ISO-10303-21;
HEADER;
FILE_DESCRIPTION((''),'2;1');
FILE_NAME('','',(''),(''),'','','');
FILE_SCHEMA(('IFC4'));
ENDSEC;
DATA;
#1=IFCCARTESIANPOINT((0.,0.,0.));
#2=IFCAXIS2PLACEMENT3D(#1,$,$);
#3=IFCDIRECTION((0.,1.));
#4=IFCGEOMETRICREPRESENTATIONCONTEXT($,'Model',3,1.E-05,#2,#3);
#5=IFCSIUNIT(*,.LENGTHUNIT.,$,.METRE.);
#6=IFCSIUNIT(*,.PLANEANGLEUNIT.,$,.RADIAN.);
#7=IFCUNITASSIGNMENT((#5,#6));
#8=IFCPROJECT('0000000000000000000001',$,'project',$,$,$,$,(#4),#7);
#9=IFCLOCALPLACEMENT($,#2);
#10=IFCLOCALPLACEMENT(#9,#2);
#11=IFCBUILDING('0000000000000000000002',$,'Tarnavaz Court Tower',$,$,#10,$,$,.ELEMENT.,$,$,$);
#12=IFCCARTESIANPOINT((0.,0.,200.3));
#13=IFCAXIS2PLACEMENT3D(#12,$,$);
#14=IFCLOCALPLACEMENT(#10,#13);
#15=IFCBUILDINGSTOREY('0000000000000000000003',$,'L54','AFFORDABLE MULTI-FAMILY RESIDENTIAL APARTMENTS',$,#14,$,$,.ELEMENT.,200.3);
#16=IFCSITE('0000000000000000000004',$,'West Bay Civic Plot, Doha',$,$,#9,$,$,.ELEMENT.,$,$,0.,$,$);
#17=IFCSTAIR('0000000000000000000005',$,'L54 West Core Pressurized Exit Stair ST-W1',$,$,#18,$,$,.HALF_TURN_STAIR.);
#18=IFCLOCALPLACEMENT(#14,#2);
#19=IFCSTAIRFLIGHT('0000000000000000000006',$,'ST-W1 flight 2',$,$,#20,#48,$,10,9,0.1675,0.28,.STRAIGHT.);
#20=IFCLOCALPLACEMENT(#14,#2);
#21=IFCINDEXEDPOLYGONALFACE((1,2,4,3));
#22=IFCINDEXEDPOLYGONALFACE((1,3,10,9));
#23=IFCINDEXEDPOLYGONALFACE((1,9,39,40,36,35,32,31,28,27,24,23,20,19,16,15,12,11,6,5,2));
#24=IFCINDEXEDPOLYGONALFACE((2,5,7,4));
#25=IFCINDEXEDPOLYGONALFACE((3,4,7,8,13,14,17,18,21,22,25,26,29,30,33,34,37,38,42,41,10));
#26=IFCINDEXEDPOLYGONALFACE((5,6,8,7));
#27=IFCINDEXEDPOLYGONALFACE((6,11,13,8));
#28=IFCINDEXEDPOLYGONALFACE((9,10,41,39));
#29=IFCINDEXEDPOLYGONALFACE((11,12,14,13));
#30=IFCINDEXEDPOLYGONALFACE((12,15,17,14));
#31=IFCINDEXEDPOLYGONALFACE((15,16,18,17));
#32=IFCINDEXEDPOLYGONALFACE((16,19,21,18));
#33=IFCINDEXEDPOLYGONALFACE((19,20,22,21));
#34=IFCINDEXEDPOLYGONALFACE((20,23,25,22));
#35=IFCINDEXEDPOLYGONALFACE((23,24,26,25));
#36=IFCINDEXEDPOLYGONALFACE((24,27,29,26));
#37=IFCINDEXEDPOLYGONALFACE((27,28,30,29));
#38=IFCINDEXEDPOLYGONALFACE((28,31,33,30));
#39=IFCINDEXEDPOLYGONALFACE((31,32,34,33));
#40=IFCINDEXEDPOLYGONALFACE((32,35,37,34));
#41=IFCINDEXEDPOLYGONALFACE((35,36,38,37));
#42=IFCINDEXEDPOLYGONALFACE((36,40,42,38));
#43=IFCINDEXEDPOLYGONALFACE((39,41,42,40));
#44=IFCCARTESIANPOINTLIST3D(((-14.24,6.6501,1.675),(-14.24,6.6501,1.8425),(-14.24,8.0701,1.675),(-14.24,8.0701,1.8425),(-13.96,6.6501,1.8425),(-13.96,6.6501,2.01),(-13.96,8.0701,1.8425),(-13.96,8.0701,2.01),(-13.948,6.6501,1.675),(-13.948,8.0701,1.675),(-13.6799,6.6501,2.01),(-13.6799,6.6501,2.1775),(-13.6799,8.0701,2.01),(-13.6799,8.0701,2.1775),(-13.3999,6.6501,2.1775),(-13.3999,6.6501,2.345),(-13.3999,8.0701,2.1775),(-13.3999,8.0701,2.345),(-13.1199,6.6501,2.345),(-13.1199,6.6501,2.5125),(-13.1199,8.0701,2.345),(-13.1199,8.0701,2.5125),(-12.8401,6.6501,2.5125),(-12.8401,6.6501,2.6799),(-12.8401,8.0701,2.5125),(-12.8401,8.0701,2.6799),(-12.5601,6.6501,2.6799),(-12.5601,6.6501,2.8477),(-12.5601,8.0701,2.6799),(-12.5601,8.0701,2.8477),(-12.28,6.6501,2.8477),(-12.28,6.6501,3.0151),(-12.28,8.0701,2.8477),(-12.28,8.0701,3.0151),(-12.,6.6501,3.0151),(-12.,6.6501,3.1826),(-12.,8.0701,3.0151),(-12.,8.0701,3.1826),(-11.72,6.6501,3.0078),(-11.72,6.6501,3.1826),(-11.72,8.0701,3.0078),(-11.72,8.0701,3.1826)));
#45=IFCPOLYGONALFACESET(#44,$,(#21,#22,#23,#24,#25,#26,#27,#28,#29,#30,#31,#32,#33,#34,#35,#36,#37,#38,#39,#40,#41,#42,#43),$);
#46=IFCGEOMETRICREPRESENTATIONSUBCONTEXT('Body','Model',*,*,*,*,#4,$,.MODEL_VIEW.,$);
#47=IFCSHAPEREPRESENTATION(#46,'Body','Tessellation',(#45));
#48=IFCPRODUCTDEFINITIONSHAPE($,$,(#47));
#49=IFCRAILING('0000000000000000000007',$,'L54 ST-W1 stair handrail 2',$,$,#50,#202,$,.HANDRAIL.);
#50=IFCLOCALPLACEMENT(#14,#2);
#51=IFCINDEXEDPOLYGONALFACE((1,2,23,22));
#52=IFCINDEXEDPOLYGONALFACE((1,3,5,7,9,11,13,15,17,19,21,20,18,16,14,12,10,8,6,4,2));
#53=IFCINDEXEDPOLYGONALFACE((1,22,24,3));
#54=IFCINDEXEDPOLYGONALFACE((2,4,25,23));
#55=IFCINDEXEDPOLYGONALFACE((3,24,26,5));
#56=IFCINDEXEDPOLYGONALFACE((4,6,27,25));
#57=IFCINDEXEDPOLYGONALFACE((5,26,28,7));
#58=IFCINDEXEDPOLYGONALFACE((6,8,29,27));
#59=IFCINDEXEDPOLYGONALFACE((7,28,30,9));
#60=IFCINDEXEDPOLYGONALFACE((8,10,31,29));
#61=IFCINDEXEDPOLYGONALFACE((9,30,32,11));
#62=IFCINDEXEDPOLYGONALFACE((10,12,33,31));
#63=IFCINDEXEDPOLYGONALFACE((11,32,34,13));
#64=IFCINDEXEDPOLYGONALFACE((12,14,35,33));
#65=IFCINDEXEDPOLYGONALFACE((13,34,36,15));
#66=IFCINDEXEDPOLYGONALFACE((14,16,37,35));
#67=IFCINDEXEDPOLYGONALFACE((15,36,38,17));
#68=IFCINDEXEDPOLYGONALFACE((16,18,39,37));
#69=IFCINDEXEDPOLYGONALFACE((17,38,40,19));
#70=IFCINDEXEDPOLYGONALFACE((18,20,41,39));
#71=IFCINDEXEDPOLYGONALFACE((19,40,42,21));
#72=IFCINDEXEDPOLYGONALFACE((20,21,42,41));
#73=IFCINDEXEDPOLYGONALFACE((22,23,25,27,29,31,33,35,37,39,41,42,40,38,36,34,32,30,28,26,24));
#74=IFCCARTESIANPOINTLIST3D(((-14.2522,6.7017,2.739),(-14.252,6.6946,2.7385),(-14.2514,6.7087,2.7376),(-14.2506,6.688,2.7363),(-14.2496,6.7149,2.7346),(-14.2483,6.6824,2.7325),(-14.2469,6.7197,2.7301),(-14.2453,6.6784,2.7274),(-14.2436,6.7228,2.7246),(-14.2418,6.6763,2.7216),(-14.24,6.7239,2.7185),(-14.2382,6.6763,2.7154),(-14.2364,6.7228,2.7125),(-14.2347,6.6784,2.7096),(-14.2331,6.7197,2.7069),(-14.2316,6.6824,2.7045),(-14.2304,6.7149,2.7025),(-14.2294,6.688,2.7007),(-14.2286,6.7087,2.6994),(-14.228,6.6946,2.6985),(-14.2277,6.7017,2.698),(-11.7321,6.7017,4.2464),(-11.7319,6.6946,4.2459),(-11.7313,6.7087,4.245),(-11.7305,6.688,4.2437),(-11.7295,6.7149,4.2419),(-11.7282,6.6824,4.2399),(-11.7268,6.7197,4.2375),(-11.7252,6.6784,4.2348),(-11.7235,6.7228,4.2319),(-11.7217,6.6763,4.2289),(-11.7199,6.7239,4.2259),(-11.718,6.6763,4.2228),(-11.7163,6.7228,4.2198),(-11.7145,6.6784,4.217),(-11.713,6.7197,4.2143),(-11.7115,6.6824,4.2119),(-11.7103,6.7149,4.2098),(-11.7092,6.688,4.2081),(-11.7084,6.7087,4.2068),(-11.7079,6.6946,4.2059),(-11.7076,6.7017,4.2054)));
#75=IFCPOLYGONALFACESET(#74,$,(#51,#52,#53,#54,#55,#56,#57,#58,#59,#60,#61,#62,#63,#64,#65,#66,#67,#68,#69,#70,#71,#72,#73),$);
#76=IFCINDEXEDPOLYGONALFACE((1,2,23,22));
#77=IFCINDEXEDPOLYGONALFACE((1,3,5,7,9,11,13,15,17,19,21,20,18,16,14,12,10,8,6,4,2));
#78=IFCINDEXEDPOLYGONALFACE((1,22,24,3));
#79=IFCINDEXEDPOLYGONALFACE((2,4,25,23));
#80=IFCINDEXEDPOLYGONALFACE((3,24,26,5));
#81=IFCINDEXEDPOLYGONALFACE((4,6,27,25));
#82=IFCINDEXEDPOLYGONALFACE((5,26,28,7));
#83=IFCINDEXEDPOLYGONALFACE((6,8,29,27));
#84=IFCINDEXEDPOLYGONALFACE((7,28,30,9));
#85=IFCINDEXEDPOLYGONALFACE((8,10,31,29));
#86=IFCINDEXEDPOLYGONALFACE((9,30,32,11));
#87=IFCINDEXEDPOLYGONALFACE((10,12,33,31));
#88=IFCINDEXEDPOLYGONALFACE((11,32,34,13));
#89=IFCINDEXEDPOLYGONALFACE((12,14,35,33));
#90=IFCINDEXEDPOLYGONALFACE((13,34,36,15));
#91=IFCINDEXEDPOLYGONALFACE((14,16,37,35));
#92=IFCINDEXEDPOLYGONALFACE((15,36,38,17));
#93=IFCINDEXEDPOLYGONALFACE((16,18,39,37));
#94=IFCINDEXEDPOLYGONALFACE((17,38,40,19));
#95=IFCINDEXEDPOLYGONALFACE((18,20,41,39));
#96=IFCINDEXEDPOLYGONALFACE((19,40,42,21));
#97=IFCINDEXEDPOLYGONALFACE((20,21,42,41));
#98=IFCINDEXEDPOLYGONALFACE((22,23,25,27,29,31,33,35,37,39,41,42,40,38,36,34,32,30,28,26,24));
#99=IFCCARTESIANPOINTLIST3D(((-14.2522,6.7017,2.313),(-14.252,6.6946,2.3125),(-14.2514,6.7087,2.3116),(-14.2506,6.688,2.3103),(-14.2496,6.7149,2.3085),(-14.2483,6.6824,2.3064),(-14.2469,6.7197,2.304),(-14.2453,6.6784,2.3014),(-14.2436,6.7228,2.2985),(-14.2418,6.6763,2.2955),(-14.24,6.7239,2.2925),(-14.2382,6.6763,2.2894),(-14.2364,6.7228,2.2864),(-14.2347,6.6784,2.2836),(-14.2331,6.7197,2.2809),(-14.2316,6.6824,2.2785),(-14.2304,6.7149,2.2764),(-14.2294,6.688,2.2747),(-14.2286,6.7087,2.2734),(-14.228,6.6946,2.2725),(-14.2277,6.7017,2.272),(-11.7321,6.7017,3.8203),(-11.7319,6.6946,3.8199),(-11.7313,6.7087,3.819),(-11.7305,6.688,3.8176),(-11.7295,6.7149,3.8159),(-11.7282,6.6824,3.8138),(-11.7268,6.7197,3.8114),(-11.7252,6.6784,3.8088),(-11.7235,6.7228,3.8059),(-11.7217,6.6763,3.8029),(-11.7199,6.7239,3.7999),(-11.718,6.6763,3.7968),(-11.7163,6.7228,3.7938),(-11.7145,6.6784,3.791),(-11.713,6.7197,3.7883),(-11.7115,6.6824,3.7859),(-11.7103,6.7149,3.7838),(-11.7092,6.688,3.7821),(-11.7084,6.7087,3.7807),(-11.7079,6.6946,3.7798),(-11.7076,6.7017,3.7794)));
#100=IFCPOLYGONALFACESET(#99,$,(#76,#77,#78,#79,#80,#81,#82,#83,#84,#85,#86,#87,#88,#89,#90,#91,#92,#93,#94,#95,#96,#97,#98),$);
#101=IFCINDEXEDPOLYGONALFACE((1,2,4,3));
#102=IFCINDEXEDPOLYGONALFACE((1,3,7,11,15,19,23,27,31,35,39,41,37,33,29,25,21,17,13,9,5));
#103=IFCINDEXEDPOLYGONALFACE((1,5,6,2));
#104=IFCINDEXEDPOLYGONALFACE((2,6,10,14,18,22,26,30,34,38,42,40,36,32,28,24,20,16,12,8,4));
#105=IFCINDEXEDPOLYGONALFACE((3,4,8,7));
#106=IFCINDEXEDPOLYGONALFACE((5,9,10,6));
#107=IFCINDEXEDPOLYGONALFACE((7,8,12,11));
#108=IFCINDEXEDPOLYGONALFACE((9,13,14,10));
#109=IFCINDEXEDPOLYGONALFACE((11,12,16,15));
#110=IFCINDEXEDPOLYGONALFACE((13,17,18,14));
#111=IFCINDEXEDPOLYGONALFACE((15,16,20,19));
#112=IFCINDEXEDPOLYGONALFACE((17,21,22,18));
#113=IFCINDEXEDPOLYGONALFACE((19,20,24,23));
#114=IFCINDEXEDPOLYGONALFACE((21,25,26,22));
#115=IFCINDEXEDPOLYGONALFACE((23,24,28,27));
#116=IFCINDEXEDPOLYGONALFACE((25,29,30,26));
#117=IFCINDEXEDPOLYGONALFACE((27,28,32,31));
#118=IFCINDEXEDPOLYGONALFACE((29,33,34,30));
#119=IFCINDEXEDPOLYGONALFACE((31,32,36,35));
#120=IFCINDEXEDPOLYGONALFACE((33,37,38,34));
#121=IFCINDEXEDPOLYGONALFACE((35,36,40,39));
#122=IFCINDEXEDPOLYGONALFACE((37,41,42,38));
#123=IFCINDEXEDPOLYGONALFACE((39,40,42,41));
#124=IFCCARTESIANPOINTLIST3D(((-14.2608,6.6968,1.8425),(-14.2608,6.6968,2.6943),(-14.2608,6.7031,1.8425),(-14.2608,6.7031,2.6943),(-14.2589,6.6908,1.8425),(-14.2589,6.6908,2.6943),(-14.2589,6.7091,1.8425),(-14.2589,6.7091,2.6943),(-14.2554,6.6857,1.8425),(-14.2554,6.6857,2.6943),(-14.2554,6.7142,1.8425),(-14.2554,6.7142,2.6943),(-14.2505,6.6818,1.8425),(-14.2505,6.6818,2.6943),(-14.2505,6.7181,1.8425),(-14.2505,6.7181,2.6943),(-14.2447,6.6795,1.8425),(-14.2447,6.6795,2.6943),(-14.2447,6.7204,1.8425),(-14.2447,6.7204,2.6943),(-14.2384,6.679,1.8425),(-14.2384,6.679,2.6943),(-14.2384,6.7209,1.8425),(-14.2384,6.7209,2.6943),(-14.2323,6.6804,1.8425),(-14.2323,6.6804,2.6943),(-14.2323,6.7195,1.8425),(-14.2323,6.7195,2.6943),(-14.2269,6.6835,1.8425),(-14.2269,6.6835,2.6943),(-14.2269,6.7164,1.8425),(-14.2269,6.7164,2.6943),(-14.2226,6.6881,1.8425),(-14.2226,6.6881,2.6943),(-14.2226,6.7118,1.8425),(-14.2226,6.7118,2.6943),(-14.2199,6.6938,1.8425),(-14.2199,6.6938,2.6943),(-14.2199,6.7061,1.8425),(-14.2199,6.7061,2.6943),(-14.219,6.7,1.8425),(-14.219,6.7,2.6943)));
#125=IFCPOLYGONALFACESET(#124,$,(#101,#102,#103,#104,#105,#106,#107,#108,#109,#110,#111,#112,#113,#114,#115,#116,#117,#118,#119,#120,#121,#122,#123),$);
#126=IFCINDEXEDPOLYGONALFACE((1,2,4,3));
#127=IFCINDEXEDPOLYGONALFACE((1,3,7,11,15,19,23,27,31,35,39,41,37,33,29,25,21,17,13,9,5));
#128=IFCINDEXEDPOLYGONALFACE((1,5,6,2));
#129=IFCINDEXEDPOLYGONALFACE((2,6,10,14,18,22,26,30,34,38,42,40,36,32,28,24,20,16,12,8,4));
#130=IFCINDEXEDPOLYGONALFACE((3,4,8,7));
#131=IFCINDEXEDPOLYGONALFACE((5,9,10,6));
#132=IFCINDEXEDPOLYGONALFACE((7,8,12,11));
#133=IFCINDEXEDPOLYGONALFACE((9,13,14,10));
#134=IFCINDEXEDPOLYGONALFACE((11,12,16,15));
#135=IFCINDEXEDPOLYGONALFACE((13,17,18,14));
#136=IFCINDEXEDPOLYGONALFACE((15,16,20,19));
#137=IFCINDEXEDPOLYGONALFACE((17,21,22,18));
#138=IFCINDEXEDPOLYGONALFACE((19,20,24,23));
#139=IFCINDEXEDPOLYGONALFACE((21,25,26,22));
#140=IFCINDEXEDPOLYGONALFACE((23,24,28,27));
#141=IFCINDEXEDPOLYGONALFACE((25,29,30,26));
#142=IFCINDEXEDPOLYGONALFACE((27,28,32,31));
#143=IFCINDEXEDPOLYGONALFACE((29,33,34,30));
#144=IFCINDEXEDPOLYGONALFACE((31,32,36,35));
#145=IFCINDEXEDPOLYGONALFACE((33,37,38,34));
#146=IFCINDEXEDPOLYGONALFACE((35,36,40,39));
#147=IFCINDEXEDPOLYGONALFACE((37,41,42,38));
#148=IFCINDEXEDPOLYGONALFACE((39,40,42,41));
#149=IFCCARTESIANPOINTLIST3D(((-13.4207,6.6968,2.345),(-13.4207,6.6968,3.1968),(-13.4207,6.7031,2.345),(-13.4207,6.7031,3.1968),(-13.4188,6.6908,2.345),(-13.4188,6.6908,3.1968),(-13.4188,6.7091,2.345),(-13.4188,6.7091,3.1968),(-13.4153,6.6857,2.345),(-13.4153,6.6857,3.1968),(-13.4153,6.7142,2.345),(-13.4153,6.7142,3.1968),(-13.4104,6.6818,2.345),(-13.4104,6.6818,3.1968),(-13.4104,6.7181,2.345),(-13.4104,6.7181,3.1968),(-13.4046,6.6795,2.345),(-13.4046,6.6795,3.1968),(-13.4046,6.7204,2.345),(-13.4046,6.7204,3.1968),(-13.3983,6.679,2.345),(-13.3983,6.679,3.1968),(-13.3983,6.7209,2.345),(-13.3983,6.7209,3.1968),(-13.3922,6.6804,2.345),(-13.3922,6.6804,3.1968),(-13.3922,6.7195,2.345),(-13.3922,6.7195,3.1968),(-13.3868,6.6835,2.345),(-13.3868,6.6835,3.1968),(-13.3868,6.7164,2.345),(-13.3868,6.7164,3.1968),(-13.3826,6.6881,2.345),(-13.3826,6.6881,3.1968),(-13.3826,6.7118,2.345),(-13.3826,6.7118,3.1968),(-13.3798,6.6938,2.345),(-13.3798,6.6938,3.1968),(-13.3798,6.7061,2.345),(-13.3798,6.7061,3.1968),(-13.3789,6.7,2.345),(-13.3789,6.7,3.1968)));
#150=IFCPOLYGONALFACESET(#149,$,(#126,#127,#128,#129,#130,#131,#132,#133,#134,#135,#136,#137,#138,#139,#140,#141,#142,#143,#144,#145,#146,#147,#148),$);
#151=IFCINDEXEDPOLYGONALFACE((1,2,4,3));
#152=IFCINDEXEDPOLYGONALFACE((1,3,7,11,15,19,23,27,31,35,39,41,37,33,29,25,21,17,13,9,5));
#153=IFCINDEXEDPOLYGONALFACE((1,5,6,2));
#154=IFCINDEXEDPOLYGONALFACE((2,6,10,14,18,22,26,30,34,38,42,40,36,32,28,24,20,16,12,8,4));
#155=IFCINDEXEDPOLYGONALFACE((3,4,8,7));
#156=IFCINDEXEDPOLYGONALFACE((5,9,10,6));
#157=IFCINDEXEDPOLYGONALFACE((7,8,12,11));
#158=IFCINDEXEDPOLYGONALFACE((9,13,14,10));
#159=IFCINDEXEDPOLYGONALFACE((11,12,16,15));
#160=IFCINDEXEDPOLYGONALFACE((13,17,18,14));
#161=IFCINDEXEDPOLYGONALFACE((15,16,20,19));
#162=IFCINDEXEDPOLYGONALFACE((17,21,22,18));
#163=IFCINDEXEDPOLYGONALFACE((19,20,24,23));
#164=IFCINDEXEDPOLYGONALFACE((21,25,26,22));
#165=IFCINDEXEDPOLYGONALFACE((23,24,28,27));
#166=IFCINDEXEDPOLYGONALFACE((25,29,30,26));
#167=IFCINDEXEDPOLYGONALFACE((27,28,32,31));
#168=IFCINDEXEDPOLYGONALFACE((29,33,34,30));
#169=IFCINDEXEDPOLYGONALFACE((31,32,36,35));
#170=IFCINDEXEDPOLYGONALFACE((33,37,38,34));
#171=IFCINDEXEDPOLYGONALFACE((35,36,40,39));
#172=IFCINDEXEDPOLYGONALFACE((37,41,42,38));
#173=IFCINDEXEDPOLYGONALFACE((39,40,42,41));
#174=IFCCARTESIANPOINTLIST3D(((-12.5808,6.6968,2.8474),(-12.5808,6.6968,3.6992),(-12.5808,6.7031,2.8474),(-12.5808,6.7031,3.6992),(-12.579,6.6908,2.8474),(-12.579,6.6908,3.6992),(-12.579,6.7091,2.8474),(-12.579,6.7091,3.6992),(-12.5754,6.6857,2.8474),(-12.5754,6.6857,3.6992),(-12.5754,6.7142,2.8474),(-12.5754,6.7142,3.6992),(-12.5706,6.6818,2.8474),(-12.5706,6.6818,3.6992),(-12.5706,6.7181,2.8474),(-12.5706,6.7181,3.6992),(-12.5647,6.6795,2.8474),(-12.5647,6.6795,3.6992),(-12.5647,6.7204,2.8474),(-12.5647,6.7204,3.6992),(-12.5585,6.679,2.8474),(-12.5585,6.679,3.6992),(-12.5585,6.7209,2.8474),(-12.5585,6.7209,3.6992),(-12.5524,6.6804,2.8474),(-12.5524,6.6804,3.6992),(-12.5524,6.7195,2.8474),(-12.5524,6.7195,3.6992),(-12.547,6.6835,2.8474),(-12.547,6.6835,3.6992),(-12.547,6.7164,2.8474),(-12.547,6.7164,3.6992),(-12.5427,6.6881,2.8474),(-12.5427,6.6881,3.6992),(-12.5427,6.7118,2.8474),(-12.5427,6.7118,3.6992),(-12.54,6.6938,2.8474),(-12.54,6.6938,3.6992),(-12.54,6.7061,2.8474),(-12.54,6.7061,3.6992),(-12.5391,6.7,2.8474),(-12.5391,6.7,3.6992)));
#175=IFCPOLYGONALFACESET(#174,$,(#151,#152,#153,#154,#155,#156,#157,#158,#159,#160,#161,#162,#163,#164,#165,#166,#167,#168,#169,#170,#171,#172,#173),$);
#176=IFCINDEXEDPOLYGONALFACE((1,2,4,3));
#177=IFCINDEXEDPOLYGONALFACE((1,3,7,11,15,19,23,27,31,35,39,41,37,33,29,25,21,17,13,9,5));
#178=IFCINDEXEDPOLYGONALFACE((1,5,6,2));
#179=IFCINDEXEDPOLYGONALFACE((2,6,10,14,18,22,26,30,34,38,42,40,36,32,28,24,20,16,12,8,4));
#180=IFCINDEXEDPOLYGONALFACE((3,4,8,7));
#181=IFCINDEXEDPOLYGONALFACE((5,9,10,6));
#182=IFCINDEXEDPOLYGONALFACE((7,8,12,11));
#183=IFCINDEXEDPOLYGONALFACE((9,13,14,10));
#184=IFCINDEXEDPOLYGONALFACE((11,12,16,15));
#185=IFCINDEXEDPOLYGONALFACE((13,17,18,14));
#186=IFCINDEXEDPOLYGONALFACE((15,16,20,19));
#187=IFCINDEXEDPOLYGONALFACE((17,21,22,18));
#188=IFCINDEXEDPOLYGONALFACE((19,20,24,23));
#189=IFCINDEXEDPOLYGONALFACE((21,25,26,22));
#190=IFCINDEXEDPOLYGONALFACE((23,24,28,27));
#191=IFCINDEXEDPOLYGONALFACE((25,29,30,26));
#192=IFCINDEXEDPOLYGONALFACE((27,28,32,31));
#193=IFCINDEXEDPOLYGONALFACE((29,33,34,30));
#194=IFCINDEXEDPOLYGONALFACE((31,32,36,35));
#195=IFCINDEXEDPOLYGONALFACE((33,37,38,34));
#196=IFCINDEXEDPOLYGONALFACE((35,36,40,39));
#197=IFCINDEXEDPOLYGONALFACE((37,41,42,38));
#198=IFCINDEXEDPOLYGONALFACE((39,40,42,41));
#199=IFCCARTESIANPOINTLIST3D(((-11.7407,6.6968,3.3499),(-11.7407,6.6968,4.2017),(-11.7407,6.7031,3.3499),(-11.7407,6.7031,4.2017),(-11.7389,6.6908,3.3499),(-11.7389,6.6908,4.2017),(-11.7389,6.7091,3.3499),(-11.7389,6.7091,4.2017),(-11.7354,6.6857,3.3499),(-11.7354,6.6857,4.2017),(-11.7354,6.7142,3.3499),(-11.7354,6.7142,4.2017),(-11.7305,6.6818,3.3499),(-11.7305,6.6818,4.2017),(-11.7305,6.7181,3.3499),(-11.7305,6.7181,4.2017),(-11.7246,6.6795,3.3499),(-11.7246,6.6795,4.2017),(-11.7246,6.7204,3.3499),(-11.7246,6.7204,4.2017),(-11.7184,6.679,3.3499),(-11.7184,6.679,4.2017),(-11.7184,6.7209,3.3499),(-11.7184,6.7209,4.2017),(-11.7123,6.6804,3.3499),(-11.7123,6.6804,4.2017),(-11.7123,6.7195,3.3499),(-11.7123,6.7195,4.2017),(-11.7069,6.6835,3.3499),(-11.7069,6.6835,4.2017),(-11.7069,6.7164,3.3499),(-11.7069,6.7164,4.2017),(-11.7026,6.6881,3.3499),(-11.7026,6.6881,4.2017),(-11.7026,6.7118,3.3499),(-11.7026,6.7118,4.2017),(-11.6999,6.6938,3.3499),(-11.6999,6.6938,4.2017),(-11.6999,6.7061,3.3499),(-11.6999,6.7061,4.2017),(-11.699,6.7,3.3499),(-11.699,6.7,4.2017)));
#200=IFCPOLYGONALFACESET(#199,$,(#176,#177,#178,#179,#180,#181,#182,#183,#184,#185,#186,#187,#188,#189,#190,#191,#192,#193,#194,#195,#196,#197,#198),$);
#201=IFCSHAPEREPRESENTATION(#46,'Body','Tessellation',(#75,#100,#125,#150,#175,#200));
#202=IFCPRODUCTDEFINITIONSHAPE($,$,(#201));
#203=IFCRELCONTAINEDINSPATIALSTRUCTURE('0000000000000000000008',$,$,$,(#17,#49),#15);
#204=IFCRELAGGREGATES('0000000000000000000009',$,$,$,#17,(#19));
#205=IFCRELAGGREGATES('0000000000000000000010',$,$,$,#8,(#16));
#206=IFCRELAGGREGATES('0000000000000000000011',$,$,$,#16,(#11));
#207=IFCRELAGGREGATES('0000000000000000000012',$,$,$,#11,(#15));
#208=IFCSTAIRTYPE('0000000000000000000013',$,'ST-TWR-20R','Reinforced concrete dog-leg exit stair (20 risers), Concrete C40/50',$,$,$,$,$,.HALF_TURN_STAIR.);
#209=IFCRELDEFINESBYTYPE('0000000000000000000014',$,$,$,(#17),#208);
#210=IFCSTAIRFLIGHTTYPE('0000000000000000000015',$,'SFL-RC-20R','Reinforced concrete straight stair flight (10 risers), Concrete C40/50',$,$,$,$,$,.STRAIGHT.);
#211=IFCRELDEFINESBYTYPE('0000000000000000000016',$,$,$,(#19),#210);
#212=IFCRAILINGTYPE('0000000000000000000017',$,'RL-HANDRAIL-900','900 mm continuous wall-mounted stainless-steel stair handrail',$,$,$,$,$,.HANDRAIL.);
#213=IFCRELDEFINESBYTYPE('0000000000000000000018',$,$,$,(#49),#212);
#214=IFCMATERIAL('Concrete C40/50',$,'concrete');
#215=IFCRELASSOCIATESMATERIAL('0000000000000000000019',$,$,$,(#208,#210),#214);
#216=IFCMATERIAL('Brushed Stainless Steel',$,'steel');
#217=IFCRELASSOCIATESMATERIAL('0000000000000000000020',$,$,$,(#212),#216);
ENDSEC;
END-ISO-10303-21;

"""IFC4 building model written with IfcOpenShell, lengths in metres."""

from ifc_helpers import new_model, si_unit, direction, frame, origin, origin_2d, place, context, subcontext, project, spatial, polyline, circle, outline, extrude, material, type_object, element, aggregate, save


model = new_model("IFC4")

# Units and contexts
model_context = context("Model", 3, precision=1e-05, world=origin(), true_north=direction((0.0, 1.0)))
body_context = subcontext(model_context, "Body", "Model", "MODEL_VIEW")
ifc_project = project(units=[si_unit("LENGTHUNIT", "METRE"), si_unit("PLANEANGLEUNIT", "RADIAN")], contexts=[model_context])

# Site, building, storey
site_placement = place(None, origin())
site = spatial("IfcSite", under=ifc_project, at=site_placement, Name="West Bay Civic Plot, Doha", CompositionType="ELEMENT", RefElevation=0.0)
building_placement = place(site_placement, origin())
building = spatial("IfcBuilding", under=site, at=building_placement, Name="Tarnavaz Court Tower", CompositionType="ELEMENT")
storey_placement = place(building_placement, frame((0.0, 0.0, 200.3)))
storey = spatial("IfcBuildingStorey", under=building, at=storey_placement, Name="L54", Description="AFFORDABLE MULTI-FAMILY RESIDENTIAL APARTMENTS", CompositionType="ELEMENT", Elevation=200.3)

# Stair, stair flight
ifc_material_1 = material(Name="Concrete C40/50", Category="concrete")
stair_type = type_object("IfcStairType", Name="ST-TWR-20R", Description="Reinforced concrete dog-leg exit stair (20 risers), Concrete C40/50", PredefinedType="HALF_TURN_STAIR", material=ifc_material_1)
stair_placement = place(storey_placement, origin())
stair = element("IfcStair", 1, at=stair_placement, inside=storey, type_object=stair_type, Name="L54 West Core Pressurized Exit Stair ST-W1", PredefinedType="HALF_TURN_STAIR")
stair_flight_type = type_object("IfcStairFlightType", Name="SFL-RC-20R", Description="Reinforced concrete straight stair flight (10 risers), Concrete C40/50", PredefinedType="STRAIGHT", material=ifc_material_1)
stair_flight_placement = place(storey_placement, frame((-14.24, 7.3601, 1.675), z_axis=(0.0, 0.0, 1.0), x_axis=(1.0, 0.0, 0.0)))
stair_flight = element("IfcStairFlight", 2, at=stair_flight_placement, type_object=stair_flight_type, Name="ST-W1 flight 2", NumberOfRisers=10, NumberOfTreads=9, PredefinedType="STRAIGHT", RiserHeight=0.1675, TreadLength=0.28, context=body_context, shape_type="SweptSolid", body=[
    extrude(outline(polyline([(0.0, 0.0), (0.0, 0.1675), (0.28, 0.1675), (0.28, 0.335), (0.5601, 0.335), (0.5601, 0.5024), (0.8401, 0.5024), (0.8401, 0.6699), (1.1201, 0.6699), (1.1201, 0.8374), (1.3999, 0.8374), (1.3999, 1.0049), (1.6799, 1.0049), (1.6799, 1.1726), (1.96, 1.1726), (1.96, 1.3401), (2.24, 1.3401), (2.24, 1.5076), (2.52, 1.5076), (2.52, 1.675), (2.52, 1.3328), (0.292, 0.0), (0.0, 0.0)])), frame((0.0, 0.71, 0.0), z_axis=(0.0, -1.0, 0.0), x_axis=(1.0, 0.0, 0.0)), (0.0, 0.0, 1.0), 1.4199),
])
aggregate(stair, [stair_flight])

# Railing
ifc_material_2 = material(Name="Brushed Stainless Steel", Category="steel")
railing_type_1 = type_object("IfcRailingType", Name="RL-HANDRAIL-900", Description="900 mm continuous wall-mounted stainless-steel stair handrail", PredefinedType="HANDRAIL", material=ifc_material_2)
railing_1_placement = place(storey_placement, frame((-14.24, 6.7, 1.8425)))
element("IfcRailing", 3, at=railing_1_placement, inside=storey, type_object=railing_type_1, Name="L54 ST-W1 stair handrail 2", PredefinedType="HANDRAIL", context=body_context, shape_type="SweptSolid", body=[
    extrude(circle(Radius=0.0239, at=origin_2d()), frame((0.0, 0.0, 0.876), z_axis=(0.858196, 0.0, 0.513321), x_axis=(0.0, 1.0, 0.0)), (0.0, 0.0, 1.0), 2.9365),
    extrude(circle(Radius=0.0239, at=origin_2d()), frame((0.0, 0.0, 0.45), z_axis=(0.858196, 0.0, 0.513321), x_axis=(0.0, 1.0, 0.0)), (0.0, 0.0, 1.0), 2.9365),
    extrude(circle(Radius=0.021, at=origin_2d()), origin(), (0.0, 0.0, 1.0), 0.8518),
    extrude(circle(Radius=0.021, at=origin_2d()), frame((0.8401, 0.0, 0.5024)), (0.0, 0.0, 1.0), 0.8518),
    extrude(circle(Radius=0.021, at=origin_2d()), frame((1.6799, 0.0, 1.0049)), (0.0, 0.0, 1.0), 0.8518),
    extrude(circle(Radius=0.021, at=origin_2d()), frame((2.52, 0.0, 1.5073)), (0.0, 0.0, 1.0), 0.8518),
])

save(model, "model.ifc")
